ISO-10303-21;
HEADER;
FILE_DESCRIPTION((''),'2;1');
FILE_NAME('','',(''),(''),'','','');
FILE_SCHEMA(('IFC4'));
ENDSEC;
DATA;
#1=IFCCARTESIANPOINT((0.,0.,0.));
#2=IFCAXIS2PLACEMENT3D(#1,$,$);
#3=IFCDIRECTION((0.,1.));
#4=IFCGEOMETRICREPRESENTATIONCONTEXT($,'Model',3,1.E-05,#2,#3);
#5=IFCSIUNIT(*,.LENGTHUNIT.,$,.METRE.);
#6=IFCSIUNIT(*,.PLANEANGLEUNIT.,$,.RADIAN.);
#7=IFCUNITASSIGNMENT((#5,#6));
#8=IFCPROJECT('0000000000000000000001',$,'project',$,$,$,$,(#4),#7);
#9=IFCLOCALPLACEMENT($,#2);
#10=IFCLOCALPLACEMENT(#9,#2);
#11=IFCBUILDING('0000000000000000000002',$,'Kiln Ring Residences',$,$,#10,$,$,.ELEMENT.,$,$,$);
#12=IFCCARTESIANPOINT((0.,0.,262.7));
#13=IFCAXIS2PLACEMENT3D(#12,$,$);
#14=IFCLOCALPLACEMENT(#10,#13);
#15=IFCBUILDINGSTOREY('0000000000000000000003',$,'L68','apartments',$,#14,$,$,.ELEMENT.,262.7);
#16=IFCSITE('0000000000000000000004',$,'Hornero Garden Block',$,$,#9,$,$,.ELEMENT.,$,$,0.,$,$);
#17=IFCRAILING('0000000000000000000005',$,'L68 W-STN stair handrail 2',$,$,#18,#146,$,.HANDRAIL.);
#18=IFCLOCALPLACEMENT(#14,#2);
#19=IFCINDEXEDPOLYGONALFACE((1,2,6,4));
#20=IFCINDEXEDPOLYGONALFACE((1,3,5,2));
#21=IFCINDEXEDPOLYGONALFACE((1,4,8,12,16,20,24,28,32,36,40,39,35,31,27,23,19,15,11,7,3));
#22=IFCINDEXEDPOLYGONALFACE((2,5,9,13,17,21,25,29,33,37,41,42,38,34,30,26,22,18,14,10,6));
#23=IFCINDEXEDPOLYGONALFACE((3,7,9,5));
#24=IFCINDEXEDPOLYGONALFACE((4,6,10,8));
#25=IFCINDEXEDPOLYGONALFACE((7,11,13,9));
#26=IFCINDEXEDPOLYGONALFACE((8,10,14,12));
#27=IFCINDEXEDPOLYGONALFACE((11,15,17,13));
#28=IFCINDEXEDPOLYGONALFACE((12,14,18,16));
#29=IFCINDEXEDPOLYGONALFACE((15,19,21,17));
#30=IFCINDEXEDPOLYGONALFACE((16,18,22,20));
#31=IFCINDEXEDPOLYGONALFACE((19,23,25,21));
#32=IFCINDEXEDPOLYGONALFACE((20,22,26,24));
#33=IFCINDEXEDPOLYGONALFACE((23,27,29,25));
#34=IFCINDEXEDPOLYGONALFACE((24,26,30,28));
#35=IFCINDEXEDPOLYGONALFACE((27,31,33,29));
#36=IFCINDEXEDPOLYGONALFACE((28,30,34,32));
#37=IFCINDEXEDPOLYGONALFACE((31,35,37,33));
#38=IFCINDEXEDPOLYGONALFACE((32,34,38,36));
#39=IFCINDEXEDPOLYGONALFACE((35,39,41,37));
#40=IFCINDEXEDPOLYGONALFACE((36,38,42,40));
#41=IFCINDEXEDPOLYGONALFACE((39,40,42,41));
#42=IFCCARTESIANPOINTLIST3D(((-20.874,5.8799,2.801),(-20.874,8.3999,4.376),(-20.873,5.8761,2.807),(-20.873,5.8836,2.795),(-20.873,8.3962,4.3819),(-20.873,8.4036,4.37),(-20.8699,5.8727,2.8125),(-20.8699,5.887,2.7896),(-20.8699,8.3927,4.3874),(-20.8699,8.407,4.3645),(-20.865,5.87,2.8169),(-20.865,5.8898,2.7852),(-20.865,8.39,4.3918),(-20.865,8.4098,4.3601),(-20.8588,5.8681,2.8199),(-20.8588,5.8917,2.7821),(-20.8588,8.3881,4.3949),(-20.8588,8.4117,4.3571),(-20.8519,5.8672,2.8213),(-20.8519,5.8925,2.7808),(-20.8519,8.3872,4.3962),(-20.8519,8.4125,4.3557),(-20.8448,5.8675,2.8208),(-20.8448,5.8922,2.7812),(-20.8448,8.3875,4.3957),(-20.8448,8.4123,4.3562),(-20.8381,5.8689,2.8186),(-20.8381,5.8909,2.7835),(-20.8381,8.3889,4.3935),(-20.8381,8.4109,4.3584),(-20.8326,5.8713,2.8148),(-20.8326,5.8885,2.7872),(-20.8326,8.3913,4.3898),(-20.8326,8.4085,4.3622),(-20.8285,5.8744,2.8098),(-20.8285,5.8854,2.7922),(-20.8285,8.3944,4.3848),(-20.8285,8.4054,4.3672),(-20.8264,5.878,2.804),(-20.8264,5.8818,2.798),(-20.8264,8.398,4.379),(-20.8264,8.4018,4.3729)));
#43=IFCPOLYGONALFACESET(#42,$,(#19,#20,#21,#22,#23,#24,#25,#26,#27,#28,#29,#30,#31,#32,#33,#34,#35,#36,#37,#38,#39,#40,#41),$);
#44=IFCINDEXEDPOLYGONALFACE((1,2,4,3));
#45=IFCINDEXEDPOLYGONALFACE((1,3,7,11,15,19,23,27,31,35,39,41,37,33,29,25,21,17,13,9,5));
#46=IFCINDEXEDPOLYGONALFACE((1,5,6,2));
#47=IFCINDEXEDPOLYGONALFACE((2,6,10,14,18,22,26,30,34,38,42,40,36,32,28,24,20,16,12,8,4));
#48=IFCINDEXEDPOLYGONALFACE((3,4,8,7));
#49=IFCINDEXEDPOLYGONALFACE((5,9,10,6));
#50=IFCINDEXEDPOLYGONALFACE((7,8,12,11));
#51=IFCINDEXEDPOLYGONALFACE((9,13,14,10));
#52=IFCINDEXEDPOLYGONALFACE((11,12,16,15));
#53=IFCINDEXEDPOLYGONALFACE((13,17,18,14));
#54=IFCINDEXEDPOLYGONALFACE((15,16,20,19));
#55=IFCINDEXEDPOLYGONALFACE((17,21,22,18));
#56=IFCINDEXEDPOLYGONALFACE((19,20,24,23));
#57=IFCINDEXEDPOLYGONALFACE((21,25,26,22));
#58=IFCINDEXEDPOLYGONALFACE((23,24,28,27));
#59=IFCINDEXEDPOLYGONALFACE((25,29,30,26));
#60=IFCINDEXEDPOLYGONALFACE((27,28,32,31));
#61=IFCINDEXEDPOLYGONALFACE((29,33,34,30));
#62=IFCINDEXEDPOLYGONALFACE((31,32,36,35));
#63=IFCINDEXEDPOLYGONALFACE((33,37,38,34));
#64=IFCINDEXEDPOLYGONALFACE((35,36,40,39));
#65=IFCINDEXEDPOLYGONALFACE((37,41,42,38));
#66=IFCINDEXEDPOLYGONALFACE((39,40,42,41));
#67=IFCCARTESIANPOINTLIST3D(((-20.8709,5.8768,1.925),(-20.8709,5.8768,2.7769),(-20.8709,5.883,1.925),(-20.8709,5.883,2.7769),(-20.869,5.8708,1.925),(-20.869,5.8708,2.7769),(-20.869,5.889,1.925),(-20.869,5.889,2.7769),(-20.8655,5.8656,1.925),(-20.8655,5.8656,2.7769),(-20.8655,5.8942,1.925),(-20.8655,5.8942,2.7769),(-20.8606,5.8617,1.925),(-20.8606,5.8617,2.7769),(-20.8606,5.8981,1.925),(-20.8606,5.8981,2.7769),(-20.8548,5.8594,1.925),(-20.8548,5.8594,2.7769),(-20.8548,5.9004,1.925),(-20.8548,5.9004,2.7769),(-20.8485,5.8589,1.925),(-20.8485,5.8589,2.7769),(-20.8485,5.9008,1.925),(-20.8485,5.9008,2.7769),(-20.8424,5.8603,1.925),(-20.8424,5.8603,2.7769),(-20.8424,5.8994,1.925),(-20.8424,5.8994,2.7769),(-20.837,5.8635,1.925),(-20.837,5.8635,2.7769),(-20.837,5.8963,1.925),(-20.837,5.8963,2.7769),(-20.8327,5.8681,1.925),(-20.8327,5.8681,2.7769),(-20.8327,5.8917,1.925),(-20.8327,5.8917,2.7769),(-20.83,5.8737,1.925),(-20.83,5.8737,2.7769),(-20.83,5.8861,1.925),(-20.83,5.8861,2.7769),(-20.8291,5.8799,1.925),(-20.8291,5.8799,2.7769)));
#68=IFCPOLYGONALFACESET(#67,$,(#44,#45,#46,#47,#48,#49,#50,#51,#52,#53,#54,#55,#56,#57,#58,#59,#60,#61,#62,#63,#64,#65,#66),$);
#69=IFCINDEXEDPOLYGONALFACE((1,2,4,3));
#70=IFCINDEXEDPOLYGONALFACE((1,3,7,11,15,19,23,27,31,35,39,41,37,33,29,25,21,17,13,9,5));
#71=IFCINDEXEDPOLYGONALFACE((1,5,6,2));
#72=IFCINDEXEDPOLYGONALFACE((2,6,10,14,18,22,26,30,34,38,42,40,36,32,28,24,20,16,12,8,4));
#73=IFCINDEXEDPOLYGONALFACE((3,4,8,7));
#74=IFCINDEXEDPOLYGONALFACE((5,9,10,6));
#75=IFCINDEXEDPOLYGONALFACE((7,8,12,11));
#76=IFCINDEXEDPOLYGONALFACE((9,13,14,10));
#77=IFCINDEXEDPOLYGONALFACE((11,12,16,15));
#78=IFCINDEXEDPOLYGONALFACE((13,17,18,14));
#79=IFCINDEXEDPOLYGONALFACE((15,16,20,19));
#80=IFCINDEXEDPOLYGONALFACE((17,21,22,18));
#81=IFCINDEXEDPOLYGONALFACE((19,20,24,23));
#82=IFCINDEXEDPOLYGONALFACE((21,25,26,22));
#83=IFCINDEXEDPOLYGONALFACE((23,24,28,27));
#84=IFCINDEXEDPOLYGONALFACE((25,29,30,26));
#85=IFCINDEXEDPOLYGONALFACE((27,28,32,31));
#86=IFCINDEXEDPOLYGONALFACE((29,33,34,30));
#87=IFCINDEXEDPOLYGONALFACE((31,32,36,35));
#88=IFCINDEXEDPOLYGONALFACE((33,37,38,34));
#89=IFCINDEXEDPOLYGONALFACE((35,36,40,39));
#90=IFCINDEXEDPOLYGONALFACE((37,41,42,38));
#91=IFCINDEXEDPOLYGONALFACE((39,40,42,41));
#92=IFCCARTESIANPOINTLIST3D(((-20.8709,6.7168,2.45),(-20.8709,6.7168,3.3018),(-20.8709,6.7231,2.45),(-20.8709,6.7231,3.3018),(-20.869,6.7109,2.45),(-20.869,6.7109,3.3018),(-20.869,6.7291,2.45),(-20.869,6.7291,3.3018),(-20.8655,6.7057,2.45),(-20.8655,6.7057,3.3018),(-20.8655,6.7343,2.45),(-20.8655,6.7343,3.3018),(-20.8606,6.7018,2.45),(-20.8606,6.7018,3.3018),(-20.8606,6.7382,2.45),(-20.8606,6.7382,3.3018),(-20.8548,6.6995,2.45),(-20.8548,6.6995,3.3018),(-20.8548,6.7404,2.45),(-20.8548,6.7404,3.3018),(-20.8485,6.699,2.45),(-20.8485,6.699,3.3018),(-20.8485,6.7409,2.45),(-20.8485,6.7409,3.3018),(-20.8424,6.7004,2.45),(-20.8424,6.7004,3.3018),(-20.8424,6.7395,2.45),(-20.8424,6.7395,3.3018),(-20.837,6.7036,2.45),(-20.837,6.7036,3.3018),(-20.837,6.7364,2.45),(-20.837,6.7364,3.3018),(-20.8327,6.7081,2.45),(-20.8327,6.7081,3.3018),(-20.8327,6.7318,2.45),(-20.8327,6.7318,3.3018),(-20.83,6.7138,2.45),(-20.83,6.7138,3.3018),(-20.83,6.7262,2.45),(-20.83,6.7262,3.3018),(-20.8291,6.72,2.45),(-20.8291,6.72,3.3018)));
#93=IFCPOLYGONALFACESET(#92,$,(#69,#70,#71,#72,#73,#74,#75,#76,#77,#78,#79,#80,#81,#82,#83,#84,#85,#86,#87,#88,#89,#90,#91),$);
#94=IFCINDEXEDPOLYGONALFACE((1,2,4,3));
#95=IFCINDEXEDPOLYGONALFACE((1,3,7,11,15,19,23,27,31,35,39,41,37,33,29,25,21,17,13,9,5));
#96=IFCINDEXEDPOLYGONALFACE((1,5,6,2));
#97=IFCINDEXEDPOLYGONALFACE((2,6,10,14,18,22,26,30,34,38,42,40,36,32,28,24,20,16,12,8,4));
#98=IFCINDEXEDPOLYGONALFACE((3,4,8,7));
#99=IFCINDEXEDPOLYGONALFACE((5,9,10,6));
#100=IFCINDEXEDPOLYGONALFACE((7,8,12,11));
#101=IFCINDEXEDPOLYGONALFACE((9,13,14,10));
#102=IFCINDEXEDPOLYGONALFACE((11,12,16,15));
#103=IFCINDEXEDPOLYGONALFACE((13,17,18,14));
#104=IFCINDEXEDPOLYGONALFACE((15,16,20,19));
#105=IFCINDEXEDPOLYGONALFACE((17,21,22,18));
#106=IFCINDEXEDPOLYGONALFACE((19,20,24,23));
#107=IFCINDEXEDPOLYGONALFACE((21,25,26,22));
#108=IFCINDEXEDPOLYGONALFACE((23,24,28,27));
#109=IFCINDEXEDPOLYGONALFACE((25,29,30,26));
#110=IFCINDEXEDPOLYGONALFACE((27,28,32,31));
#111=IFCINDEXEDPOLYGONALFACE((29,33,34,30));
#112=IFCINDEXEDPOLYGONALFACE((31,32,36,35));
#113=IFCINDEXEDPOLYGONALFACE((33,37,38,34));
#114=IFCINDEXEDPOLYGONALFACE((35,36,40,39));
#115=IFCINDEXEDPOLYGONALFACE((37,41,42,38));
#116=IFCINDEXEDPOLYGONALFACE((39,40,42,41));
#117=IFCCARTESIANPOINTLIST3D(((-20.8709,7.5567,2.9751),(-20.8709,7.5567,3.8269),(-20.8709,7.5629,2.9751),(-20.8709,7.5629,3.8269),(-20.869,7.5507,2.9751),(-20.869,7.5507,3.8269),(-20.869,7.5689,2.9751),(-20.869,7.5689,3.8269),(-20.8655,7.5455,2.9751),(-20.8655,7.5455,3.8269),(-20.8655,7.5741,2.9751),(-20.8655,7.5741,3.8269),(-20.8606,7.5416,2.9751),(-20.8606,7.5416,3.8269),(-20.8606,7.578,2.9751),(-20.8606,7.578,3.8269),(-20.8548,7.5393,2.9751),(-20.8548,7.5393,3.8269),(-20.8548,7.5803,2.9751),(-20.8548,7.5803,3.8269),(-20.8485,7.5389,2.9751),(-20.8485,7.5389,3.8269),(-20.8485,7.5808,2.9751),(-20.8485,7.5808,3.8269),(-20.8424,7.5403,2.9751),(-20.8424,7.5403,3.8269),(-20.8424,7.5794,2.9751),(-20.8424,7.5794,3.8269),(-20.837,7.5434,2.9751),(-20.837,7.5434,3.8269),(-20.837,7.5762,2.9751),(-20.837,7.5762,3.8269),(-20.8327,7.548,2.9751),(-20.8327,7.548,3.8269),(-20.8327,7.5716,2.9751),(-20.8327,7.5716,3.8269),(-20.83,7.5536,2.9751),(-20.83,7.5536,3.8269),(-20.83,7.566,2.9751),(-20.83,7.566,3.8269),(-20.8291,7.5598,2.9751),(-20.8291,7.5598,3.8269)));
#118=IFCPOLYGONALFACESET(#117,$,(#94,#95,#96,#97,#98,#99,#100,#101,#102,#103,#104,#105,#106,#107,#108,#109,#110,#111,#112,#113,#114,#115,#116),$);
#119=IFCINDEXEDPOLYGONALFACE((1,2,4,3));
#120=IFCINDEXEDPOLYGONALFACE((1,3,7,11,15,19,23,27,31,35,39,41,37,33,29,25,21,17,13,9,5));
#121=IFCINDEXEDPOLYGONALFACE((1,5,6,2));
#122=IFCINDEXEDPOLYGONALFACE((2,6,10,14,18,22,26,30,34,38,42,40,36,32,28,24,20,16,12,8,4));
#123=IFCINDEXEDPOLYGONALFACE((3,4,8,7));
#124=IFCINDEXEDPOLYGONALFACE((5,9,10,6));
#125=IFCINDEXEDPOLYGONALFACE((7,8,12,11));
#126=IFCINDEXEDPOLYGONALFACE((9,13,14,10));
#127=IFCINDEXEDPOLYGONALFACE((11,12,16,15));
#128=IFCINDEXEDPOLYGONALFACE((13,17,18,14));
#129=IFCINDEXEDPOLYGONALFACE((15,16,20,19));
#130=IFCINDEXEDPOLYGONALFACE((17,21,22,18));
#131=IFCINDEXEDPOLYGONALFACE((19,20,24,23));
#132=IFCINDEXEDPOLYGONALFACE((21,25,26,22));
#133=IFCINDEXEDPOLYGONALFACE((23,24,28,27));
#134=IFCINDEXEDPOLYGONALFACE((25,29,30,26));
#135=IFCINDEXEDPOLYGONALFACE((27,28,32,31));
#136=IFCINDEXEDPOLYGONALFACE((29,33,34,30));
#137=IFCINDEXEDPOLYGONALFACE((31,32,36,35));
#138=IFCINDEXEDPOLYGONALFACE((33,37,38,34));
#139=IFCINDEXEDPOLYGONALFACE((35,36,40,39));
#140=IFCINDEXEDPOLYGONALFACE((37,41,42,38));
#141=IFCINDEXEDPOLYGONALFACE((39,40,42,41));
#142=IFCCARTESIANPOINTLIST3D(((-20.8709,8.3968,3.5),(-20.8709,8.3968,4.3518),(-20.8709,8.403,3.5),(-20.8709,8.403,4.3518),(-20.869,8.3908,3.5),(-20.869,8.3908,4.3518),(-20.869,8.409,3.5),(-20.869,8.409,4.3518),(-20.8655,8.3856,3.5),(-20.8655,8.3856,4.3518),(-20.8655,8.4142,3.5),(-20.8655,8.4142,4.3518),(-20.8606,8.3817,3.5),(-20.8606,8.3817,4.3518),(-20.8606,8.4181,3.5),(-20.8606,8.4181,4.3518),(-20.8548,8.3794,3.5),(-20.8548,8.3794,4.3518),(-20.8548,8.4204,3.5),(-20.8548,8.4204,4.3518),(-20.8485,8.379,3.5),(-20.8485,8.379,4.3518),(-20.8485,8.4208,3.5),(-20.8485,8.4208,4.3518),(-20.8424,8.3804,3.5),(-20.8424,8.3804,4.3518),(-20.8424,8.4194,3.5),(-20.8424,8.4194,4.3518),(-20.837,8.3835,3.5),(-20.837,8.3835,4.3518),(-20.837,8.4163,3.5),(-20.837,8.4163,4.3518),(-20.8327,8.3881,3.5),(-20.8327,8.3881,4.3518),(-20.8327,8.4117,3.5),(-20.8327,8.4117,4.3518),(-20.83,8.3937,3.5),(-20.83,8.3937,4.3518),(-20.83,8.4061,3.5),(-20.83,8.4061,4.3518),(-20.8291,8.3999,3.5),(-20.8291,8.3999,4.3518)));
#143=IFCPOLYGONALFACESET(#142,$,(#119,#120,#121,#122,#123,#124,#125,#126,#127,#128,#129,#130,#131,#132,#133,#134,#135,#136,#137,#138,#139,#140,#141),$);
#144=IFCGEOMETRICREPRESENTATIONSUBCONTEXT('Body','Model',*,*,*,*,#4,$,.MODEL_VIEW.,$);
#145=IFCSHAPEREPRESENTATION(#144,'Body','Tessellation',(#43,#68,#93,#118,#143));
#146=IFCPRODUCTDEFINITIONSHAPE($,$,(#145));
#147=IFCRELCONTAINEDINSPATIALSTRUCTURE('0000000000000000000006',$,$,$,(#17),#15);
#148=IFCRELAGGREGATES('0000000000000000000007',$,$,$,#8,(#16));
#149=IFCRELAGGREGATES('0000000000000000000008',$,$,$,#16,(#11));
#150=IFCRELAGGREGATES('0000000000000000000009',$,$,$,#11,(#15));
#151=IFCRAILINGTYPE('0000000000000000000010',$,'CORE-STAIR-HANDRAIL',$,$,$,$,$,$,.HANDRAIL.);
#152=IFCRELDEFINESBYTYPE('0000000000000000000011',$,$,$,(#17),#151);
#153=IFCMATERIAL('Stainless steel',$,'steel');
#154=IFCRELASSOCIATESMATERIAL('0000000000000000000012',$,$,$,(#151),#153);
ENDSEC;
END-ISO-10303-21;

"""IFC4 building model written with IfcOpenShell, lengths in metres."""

from ifc_helpers import new_model, si_unit, direction, frame, origin, origin_2d, place, context, subcontext, project, spatial, circle, extrude, material, type_object, element, save


model = new_model("IFC4")

# Units and contexts
model_context = context("Model", 3, precision=1e-05, world=origin(), true_north=direction((0.0, 1.0)))
body_context = subcontext(model_context, "Body", "Model", "MODEL_VIEW")
ifc_project = project(units=[si_unit("LENGTHUNIT", "METRE"), si_unit("PLANEANGLEUNIT", "RADIAN")], contexts=[model_context])

# Site, building, storey
site_placement = place(None, origin())
site = spatial("IfcSite", under=ifc_project, at=site_placement, Name="Hornero Garden Block", CompositionType="ELEMENT", RefElevation=0.0)
building_placement = place(site_placement, origin())
building = spatial("IfcBuilding", under=site, at=building_placement, Name="Kiln Ring Residences", CompositionType="ELEMENT")
storey_placement = place(building_placement, frame((0.0, 0.0, 262.7)))
storey = spatial("IfcBuildingStorey", under=building, at=storey_placement, Name="L68", Description="apartments", CompositionType="ELEMENT", Elevation=262.7)

# Railing
ifc_material_1 = material(Name="Stainless steel", Category="steel")
railing_type_1 = type_object("IfcRailingType", Name="CORE-STAIR-HANDRAIL", PredefinedType="HANDRAIL", material=ifc_material_1)
railing_1_placement = place(storey_placement, frame((-20.8501, 5.8799, 1.925)))
element("IfcRailing", 1, at=railing_1_placement, inside=storey, type_object=railing_type_1, Name="L68 W-STN stair handrail 2", PredefinedType="HANDRAIL", context=body_context, shape_type="SweptSolid", body=[
    extrude(circle(Radius=0.0239, at=origin_2d()), frame((0.0, 0.0, 0.876), z_axis=(0.0, 0.848008, 0.529984), x_axis=(-1.0, 0.0, 0.0)), (0.0, 0.0, 1.0), 2.9717),
    extrude(circle(Radius=0.021, at=origin_2d()), origin(), (0.0, 0.0, 1.0), 0.8518),
    extrude(circle(Radius=0.021, at=origin_2d()), frame((0.0, 0.8401, 0.5249)), (0.0, 0.0, 1.0), 0.8518),
    extrude(circle(Radius=0.021, at=origin_2d()), frame((0.0, 1.6799, 1.05)), (0.0, 0.0, 1.0), 0.8518),
    extrude(circle(Radius=0.021, at=origin_2d()), frame((0.0, 2.52, 1.575)), (0.0, 0.0, 1.0), 0.8518),
])

save(model, "model.ifc")
